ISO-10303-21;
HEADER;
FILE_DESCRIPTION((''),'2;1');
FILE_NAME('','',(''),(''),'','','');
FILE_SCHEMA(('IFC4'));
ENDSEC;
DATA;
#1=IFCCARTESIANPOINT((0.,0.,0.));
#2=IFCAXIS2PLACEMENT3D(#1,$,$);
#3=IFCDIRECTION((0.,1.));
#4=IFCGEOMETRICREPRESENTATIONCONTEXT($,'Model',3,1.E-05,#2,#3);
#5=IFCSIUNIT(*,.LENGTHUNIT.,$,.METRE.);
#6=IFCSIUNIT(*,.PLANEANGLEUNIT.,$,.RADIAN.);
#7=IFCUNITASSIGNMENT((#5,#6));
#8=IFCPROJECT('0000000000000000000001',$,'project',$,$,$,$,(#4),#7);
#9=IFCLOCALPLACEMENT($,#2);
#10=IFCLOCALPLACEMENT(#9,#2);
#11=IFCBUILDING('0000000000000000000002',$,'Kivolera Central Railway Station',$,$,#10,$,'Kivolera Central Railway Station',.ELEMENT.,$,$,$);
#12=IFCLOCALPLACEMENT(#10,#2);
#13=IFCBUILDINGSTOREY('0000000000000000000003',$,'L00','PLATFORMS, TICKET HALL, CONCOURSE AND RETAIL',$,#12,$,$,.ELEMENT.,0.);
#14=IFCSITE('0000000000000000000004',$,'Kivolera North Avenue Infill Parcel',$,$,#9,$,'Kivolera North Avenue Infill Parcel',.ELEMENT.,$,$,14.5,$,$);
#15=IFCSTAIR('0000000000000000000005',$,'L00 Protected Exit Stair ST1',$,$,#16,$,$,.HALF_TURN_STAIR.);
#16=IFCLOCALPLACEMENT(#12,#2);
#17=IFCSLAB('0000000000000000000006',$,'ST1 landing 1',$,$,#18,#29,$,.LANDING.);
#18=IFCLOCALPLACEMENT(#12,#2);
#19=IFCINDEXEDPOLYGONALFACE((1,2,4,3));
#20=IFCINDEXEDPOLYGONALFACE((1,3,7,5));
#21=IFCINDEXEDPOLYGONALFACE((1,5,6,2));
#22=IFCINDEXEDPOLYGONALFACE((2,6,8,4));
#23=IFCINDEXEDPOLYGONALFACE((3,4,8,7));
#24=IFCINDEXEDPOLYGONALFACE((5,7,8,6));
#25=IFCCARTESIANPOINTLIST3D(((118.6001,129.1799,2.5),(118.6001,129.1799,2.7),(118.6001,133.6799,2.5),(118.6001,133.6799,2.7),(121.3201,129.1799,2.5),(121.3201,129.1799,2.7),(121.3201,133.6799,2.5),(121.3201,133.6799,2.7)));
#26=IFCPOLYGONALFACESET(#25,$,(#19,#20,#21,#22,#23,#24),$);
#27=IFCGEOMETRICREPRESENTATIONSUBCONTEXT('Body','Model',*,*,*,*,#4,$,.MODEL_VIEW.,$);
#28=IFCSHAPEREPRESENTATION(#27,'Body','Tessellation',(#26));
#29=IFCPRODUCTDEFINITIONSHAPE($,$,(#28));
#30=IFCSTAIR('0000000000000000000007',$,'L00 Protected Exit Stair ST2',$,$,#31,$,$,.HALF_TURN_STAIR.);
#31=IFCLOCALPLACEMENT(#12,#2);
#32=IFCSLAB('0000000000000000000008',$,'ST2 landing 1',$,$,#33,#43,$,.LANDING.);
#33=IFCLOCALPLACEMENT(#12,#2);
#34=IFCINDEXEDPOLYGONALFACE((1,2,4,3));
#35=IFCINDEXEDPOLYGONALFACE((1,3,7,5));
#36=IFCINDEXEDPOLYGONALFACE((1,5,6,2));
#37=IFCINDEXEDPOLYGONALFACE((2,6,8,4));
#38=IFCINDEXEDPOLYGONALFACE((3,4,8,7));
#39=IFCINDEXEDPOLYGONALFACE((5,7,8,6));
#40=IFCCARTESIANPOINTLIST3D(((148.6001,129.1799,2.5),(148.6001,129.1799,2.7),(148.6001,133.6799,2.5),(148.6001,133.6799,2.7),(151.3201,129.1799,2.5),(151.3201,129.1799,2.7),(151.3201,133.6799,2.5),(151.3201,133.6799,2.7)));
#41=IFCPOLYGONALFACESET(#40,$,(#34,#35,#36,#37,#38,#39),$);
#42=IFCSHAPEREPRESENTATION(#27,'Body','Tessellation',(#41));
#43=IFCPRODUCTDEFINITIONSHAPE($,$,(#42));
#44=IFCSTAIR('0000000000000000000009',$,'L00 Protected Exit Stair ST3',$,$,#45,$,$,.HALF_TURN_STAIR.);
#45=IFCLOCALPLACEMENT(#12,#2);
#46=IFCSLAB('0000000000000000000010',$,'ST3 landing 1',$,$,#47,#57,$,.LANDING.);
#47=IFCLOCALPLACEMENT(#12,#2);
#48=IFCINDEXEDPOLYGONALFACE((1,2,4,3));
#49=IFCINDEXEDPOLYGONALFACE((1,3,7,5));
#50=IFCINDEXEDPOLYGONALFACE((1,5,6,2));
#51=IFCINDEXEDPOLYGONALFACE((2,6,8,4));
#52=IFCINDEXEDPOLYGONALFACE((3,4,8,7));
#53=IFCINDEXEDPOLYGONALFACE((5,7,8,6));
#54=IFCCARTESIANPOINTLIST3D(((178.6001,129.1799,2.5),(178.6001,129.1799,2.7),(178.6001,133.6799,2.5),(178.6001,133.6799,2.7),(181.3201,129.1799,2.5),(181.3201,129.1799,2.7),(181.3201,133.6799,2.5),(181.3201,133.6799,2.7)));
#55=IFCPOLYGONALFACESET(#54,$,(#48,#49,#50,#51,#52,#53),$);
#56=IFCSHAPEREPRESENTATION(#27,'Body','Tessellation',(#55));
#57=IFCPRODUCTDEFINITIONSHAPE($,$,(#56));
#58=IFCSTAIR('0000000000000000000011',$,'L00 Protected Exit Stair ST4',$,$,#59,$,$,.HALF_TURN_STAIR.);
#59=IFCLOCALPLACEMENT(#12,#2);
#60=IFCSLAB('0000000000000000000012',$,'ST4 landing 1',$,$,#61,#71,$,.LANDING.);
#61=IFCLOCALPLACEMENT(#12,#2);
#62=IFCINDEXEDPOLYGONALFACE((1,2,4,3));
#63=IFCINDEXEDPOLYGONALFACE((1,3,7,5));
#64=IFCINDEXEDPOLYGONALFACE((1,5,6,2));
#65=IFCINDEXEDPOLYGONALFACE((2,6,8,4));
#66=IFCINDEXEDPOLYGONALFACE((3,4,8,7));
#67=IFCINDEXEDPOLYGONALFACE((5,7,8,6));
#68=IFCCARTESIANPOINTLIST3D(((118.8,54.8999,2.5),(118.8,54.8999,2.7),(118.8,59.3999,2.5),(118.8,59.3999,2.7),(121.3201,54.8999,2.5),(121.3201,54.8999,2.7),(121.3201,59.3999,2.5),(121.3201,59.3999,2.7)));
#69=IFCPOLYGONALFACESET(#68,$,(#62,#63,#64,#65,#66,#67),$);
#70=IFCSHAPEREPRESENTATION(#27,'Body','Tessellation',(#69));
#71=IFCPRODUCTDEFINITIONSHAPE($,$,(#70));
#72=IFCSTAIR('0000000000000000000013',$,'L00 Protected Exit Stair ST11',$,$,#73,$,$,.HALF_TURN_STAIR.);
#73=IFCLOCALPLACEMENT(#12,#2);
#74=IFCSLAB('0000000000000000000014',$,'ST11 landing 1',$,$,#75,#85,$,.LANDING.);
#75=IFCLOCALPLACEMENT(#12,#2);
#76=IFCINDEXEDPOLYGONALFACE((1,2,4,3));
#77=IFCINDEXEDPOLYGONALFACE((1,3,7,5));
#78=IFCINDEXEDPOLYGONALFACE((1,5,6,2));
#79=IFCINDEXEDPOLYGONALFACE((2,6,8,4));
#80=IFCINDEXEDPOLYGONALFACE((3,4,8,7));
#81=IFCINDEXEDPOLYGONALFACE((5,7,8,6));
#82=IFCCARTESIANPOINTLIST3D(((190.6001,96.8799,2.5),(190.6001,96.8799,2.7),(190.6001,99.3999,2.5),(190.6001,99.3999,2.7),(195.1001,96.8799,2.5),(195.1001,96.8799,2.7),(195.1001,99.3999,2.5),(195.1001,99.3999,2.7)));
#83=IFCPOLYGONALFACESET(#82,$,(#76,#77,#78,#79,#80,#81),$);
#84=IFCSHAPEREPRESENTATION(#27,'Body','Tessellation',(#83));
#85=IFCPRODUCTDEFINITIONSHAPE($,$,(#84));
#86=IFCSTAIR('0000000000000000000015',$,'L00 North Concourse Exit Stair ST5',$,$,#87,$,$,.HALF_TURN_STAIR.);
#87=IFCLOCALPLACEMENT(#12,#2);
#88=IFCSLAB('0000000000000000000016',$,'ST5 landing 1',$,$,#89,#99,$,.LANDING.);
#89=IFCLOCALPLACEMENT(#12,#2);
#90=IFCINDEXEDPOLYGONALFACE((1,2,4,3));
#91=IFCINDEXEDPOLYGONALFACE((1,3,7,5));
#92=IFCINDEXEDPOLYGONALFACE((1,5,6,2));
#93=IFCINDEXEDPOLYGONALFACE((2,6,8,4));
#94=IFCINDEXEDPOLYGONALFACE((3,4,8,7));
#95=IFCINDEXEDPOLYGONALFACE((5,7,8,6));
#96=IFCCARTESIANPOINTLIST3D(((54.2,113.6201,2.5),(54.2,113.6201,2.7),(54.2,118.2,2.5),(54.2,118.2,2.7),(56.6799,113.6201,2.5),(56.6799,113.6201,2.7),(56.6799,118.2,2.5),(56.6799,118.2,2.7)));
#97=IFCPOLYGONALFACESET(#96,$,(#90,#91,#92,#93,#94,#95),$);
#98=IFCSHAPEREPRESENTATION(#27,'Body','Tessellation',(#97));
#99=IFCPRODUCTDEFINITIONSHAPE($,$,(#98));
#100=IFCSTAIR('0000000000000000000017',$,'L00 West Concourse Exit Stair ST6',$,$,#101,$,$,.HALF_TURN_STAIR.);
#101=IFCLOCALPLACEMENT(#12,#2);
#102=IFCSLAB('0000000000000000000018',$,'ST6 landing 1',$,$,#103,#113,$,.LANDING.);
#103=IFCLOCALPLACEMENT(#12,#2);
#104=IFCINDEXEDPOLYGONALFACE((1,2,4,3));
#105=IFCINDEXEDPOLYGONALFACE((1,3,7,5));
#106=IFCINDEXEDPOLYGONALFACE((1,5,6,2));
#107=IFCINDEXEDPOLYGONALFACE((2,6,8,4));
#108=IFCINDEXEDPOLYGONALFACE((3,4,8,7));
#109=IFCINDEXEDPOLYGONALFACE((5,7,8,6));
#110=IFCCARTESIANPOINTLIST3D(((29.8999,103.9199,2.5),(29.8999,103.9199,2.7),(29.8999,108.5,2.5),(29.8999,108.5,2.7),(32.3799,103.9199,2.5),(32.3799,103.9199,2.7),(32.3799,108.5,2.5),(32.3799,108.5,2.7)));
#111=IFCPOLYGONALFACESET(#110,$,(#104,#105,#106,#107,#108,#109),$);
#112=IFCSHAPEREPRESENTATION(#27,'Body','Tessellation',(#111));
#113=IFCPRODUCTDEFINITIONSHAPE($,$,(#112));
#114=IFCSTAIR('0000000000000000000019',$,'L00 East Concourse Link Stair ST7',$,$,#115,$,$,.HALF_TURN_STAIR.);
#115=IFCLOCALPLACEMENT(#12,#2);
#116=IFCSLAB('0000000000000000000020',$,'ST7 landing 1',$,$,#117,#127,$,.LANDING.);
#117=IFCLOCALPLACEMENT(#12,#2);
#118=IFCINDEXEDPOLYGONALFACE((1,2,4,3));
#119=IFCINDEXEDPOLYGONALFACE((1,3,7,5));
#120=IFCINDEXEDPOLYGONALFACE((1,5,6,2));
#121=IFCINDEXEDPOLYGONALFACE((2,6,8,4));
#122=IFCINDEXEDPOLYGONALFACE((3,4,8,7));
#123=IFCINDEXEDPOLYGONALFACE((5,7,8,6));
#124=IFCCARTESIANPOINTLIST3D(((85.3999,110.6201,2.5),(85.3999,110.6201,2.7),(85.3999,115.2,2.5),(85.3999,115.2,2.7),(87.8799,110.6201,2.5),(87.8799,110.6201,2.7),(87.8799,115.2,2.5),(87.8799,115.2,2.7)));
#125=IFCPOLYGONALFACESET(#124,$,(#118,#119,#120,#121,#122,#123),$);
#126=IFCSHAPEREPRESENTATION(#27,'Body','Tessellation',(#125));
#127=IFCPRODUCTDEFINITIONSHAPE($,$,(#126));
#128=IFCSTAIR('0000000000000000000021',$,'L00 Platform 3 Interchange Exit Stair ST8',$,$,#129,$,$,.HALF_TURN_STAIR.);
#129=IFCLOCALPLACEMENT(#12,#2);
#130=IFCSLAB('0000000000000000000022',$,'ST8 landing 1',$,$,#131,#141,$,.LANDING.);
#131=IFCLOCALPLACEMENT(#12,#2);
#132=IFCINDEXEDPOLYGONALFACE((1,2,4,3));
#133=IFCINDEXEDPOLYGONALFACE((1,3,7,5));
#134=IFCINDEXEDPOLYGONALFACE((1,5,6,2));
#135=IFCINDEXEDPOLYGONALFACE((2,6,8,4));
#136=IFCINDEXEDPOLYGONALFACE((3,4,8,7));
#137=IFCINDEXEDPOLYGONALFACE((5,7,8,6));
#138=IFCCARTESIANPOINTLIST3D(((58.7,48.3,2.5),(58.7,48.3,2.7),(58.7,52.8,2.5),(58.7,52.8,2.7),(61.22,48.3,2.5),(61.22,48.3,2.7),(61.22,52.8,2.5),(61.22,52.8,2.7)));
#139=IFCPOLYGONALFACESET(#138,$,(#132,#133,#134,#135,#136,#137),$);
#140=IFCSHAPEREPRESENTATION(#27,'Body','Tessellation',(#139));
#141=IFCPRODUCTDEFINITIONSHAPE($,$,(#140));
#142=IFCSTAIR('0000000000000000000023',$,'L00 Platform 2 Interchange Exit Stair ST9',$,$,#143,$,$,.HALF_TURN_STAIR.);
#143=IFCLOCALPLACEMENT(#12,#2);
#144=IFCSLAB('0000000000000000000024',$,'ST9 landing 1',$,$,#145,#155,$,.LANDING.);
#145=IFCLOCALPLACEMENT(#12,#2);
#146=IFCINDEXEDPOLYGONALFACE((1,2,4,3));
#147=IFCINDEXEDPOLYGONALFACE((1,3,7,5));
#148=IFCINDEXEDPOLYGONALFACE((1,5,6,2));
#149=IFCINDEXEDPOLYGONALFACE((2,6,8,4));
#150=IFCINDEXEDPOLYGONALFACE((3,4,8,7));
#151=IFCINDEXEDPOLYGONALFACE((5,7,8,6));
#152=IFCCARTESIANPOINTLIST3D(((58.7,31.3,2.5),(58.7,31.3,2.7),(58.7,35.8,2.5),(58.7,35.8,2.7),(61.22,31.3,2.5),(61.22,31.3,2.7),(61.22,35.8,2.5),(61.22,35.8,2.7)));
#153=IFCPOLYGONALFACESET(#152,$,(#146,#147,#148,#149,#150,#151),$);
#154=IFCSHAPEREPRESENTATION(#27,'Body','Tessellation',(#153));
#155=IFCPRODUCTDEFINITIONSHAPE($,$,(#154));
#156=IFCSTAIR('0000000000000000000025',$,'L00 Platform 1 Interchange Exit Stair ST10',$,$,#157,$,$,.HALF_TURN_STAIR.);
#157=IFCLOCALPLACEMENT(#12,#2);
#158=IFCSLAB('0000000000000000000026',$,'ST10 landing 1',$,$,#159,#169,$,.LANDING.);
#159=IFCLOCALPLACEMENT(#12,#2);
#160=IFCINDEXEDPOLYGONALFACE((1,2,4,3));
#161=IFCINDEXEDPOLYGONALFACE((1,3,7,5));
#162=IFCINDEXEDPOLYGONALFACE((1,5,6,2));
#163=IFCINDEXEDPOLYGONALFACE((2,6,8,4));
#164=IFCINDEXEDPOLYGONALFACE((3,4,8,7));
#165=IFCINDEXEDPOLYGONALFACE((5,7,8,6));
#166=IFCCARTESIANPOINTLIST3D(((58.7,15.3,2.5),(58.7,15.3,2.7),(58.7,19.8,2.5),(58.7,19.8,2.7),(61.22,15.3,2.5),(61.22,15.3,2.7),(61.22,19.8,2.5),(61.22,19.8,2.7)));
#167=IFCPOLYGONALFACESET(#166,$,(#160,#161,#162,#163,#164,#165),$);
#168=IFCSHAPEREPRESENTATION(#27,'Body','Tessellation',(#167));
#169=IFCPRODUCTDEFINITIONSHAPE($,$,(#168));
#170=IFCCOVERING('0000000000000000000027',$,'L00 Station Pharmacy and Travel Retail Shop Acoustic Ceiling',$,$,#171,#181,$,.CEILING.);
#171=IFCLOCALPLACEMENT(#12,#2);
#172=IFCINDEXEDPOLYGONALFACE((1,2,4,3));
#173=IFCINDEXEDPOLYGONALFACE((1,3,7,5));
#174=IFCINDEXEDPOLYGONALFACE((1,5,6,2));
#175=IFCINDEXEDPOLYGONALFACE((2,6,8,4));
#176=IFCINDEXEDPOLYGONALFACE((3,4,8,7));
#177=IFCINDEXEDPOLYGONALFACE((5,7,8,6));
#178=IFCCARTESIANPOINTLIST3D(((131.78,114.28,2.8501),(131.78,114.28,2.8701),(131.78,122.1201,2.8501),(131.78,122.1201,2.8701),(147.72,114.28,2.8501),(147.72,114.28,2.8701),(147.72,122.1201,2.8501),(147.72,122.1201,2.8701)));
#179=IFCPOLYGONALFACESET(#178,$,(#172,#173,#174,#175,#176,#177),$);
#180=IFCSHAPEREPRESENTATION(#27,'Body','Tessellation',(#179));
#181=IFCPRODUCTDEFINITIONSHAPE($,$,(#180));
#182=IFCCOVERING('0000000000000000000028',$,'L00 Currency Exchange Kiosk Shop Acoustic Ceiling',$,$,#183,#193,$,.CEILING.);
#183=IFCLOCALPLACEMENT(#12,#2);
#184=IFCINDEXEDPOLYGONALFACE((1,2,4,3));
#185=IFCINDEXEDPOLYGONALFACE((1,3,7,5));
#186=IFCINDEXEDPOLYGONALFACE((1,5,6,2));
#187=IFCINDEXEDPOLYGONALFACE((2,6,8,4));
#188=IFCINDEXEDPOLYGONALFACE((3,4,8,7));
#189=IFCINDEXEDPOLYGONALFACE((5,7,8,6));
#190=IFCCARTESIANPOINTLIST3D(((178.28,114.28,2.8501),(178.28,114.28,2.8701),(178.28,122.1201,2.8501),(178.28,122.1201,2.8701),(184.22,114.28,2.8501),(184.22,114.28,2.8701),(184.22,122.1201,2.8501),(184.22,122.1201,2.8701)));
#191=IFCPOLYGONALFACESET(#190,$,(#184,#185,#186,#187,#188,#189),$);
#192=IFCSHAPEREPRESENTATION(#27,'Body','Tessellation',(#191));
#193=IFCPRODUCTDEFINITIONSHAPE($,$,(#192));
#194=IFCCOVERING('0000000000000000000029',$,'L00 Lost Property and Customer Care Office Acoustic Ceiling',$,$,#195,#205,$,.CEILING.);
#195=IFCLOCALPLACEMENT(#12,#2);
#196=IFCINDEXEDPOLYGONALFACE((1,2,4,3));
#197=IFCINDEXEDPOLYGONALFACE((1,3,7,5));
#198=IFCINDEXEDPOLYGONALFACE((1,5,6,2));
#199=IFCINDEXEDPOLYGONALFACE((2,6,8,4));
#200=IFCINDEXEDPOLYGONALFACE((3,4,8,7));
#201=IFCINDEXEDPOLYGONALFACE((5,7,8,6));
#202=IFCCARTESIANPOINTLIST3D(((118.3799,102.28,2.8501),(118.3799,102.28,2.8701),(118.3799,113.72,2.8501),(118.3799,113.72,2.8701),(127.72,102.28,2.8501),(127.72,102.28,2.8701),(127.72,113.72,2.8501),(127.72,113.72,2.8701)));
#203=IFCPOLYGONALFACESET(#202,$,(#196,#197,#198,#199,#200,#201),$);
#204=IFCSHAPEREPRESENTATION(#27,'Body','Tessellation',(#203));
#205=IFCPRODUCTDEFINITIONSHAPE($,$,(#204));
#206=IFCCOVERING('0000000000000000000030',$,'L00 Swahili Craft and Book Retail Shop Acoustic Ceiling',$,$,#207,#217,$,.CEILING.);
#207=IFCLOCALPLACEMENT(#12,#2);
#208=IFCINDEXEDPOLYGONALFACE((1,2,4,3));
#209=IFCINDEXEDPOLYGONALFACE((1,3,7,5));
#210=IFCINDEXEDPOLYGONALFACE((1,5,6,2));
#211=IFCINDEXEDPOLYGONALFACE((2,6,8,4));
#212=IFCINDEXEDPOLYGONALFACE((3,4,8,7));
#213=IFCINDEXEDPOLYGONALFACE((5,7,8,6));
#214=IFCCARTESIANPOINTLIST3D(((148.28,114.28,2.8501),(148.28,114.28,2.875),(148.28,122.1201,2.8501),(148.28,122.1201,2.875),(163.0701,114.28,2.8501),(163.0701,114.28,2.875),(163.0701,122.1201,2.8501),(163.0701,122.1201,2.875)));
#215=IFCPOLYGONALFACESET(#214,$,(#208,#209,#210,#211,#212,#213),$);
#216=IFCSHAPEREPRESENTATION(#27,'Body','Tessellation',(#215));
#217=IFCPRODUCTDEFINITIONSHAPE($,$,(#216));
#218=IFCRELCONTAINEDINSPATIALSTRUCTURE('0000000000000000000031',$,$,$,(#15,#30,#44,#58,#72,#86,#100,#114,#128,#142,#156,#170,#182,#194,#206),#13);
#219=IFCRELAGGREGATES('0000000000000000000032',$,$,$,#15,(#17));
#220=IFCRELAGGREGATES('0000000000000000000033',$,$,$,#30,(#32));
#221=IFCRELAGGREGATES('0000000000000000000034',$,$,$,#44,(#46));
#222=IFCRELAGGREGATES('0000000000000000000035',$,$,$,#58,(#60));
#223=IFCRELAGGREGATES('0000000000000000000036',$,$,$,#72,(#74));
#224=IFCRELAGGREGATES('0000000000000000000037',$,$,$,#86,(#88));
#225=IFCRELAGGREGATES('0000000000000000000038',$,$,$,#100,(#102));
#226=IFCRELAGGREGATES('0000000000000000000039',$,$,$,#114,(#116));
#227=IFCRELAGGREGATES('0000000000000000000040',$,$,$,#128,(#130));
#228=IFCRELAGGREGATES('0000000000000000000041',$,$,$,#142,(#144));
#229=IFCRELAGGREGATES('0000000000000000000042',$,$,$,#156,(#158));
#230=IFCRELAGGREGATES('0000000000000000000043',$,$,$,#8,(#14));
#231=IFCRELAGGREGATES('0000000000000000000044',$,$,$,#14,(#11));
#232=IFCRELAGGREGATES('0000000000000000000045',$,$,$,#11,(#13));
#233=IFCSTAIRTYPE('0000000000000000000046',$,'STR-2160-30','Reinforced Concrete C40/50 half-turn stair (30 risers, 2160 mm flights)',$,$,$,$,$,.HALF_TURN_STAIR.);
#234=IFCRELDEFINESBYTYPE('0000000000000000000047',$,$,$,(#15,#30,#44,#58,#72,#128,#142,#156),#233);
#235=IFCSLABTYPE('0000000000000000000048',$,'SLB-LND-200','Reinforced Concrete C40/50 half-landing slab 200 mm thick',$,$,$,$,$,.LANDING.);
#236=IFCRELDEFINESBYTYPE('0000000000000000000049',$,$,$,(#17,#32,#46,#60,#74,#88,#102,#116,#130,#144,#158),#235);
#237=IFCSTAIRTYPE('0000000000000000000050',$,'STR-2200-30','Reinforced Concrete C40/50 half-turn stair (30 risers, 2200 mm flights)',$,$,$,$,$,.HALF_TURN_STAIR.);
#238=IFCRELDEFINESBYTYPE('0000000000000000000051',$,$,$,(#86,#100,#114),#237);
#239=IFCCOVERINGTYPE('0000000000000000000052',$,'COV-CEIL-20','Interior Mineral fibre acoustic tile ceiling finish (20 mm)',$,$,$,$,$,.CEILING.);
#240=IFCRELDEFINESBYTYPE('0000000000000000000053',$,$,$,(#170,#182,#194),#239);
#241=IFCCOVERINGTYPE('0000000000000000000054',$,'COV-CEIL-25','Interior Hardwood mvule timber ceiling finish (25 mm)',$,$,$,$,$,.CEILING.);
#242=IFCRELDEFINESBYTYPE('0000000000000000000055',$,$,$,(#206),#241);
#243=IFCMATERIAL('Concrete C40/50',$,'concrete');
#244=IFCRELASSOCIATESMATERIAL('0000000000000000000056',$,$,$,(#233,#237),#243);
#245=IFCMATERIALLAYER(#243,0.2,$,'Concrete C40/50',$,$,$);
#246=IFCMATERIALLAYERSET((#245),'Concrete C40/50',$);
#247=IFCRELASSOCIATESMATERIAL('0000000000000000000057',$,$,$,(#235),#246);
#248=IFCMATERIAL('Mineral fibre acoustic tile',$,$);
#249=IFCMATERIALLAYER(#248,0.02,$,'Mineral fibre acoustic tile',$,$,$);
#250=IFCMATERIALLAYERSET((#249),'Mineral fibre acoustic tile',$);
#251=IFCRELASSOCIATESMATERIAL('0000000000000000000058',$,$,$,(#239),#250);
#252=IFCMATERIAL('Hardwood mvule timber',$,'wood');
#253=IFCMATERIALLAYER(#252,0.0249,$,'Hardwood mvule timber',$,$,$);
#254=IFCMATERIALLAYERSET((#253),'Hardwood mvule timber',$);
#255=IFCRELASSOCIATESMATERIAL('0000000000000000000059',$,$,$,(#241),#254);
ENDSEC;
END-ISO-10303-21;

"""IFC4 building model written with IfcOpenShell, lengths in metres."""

from ifc_helpers import new_model, si_unit, direction, frame, origin, place, context, subcontext, project, spatial, polyline, outline, extrude, material, layer, layer_set, type_object, element, aggregate, save


model = new_model("IFC4")

# Units and contexts
model_context = context("Model", 3, precision=1e-05, world=origin(), true_north=direction((0.0, 1.0)))
body_context = subcontext(model_context, "Body", "Model", "MODEL_VIEW")
ifc_project = project(units=[si_unit("LENGTHUNIT", "METRE"), si_unit("PLANEANGLEUNIT", "RADIAN")], contexts=[model_context])

# Site, building, storey
site_placement = place(None, origin())
site = spatial("IfcSite", under=ifc_project, at=site_placement, Name="Kivolera North Avenue Infill Parcel", LongName="Kivolera North Avenue Infill Parcel", CompositionType="ELEMENT", RefElevation=14.5)
building_placement = place(site_placement, origin())
building = spatial("IfcBuilding", under=site, at=building_placement, Name="Kivolera Central Railway Station", LongName="Kivolera Central Railway Station", CompositionType="ELEMENT")
storey_placement = place(building_placement, origin())
storey = spatial("IfcBuildingStorey", under=building, at=storey_placement, Name="L00", Description="PLATFORMS, TICKET HALL, CONCOURSE AND RETAIL", CompositionType="ELEMENT", Elevation=0.0)

# Stairs, slabs
ifc_material_1 = material(Name="Concrete C40/50", Category="concrete")
stair_type_1 = type_object("IfcStairType", Name="STR-2160-30", Description="Reinforced Concrete C40/50 half-turn stair (30 risers, 2160 mm flights)", PredefinedType="HALF_TURN_STAIR", material=ifc_material_1)
stair_1_placement = place(storey_placement, origin())
stair_1 = element("IfcStair", 1, at=stair_1_placement, inside=storey, type_object=stair_type_1, Name="L00 Protected Exit Stair ST1", PredefinedType="HALF_TURN_STAIR")
ifc_layer_1 = layer(ifc_material_1, 0.2, Name="Concrete C40/50")
ifc_layer_set_1 = layer_set([ifc_layer_1], Name="Concrete C40/50")
slab_type = type_object("IfcSlabType", Name="SLB-LND-200", Description="Reinforced Concrete C40/50 half-landing slab 200 mm thick", PredefinedType="LANDING", material=ifc_layer_set_1)
slab_1_placement = place(storey_placement, frame((0.0, 0.0, 2.5)))
slab_1 = element("IfcSlab", 2, at=slab_1_placement, type_object=slab_type, Name="ST1 landing 1", PredefinedType="LANDING", context=body_context, shape_type="SweptSolid", body=[
    extrude(outline(polyline([(121.3201, 133.6799), (118.6001, 133.6799), (118.6001, 129.1799), (121.3201, 129.1799), (121.3201, 133.6799)])), origin(), (0.0, 0.0, 1.0), 0.2),
])
aggregate(stair_1, [slab_1])
stair_2_placement = place(storey_placement, origin())
stair_2 = element("IfcStair", 3, at=stair_2_placement, inside=storey, type_object=stair_type_1, Name="L00 Protected Exit Stair ST2", PredefinedType="HALF_TURN_STAIR")
slab_2_placement = place(storey_placement, frame((0.0, 0.0, 2.5)))
slab_2 = element("IfcSlab", 4, at=slab_2_placement, type_object=slab_type, Name="ST2 landing 1", PredefinedType="LANDING", context=body_context, shape_type="SweptSolid", body=[
    extrude(outline(polyline([(151.3201, 133.6799), (148.6001, 133.6799), (148.6001, 129.1799), (151.3201, 129.1799), (151.3201, 133.6799)])), origin(), (0.0, 0.0, 1.0), 0.2),
])
aggregate(stair_2, [slab_2])
stair_3_placement = place(storey_placement, origin())
stair_3 = element("IfcStair", 5, at=stair_3_placement, inside=storey, type_object=stair_type_1, Name="L00 Protected Exit Stair ST3", PredefinedType="HALF_TURN_STAIR")
slab_3_placement = place(storey_placement, frame((0.0, 0.0, 2.5)))
slab_3 = element("IfcSlab", 6, at=slab_3_placement, type_object=slab_type, Name="ST3 landing 1", PredefinedType="LANDING", context=body_context, shape_type="SweptSolid", body=[
    extrude(outline(polyline([(181.3201, 133.6799), (178.6001, 133.6799), (178.6001, 129.1799), (181.3201, 129.1799), (181.3201, 133.6799)])), origin(), (0.0, 0.0, 1.0), 0.2),
])
aggregate(stair_3, [slab_3])
stair_4_placement = place(storey_placement, origin())
stair_4 = element("IfcStair", 7, at=stair_4_placement, inside=storey, type_object=stair_type_1, Name="L00 Protected Exit Stair ST4", PredefinedType="HALF_TURN_STAIR")
slab_4_placement = place(storey_placement, frame((0.0, 0.0, 2.5)))
slab_4 = element("IfcSlab", 8, at=slab_4_placement, type_object=slab_type, Name="ST4 landing 1", PredefinedType="LANDING", context=body_context, shape_type="SweptSolid", body=[
    extrude(outline(polyline([(121.3201, 59.3999), (118.8, 59.3999), (118.8, 54.8999), (121.3201, 54.8999), (121.3201, 59.3999)])), origin(), (0.0, 0.0, 1.0), 0.2),
])
aggregate(stair_4, [slab_4])
stair_5_placement = place(storey_placement, origin())
stair_5 = element("IfcStair", 9, at=stair_5_placement, inside=storey, type_object=stair_type_1, Name="L00 Protected Exit Stair ST11", PredefinedType="HALF_TURN_STAIR")
slab_5_placement = place(storey_placement, frame((0.0, 0.0, 2.5)))
slab_5 = element("IfcSlab", 10, at=slab_5_placement, type_object=slab_type, Name="ST11 landing 1", PredefinedType="LANDING", context=body_context, shape_type="SweptSolid", body=[
    extrude(outline(polyline([(195.1001, 96.8799), (195.1001, 99.3999), (190.6001, 99.3999), (190.6001, 96.8799), (195.1001, 96.8799)])), origin(), (0.0, 0.0, 1.0), 0.2),
])
aggregate(stair_5, [slab_5])
stair_type_2 = type_object("IfcStairType", Name="STR-2200-30", Description="Reinforced Concrete C40/50 half-turn stair (30 risers, 2200 mm flights)", PredefinedType="HALF_TURN_STAIR", material=ifc_material_1)
stair_6_placement = place(storey_placement, origin())
stair_6 = element("IfcStair", 11, at=stair_6_placement, inside=storey, type_object=stair_type_2, Name="L00 North Concourse Exit Stair ST5", PredefinedType="HALF_TURN_STAIR")
slab_6_placement = place(storey_placement, frame((0.0, 0.0, 2.5)))
slab_6 = element("IfcSlab", 12, at=slab_6_placement, type_object=slab_type, Name="ST5 landing 1", PredefinedType="LANDING", context=body_context, shape_type="SweptSolid", body=[
    extrude(outline(polyline([(56.6799, 118.2), (54.2, 118.2), (54.2, 113.6201), (56.6799, 113.6201), (56.6799, 118.2)])), origin(), (0.0, 0.0, 1.0), 0.2),
])
aggregate(stair_6, [slab_6])
stair_7_placement = place(storey_placement, origin())
stair_7 = element("IfcStair", 13, at=stair_7_placement, inside=storey, type_object=stair_type_2, Name="L00 West Concourse Exit Stair ST6", PredefinedType="HALF_TURN_STAIR")
slab_7_placement = place(storey_placement, frame((0.0, 0.0, 2.5)))
slab_7 = element("IfcSlab", 14, at=slab_7_placement, type_object=slab_type, Name="ST6 landing 1", PredefinedType="LANDING", context=body_context, shape_type="SweptSolid", body=[
    extrude(outline(polyline([(32.3799, 108.5), (29.8999, 108.5), (29.8999, 103.9199), (32.3799, 103.9199), (32.3799, 108.5)])), origin(), (0.0, 0.0, 1.0), 0.2),
])
aggregate(stair_7, [slab_7])
stair_8_placement = place(storey_placement, origin())
stair_8 = element("IfcStair", 15, at=stair_8_placement, inside=storey, type_object=stair_type_2, Name="L00 East Concourse Link Stair ST7", PredefinedType="HALF_TURN_STAIR")
slab_8_placement = place(storey_placement, frame((0.0, 0.0, 2.5)))
slab_8 = element("IfcSlab", 16, at=slab_8_placement, type_object=slab_type, Name="ST7 landing 1", PredefinedType="LANDING", context=body_context, shape_type="SweptSolid", body=[
    extrude(outline(polyline([(87.8799, 115.2), (85.3999, 115.2), (85.3999, 110.6201), (87.8799, 110.6201), (87.8799, 115.2)])), origin(), (0.0, 0.0, 1.0), 0.2),
])
aggregate(stair_8, [slab_8])
stair_9_placement = place(storey_placement, origin())
stair_9 = element("IfcStair", 17, at=stair_9_placement, inside=storey, type_object=stair_type_1, Name="L00 Platform 3 Interchange Exit Stair ST8", PredefinedType="HALF_TURN_STAIR")
slab_9_placement = place(storey_placement, frame((0.0, 0.0, 2.5)))
slab_9 = element("IfcSlab", 18, at=slab_9_placement, type_object=slab_type, Name="ST8 landing 1", PredefinedType="LANDING", context=body_context, shape_type="SweptSolid", body=[
    extrude(outline(polyline([(61.22, 52.8), (58.7, 52.8), (58.7, 48.3), (61.22, 48.3), (61.22, 52.8)])), origin(), (0.0, 0.0, 1.0), 0.2),
])
aggregate(stair_9, [slab_9])
stair_10_placement = place(storey_placement, origin())
stair_10 = element("IfcStair", 19, at=stair_10_placement, inside=storey, type_object=stair_type_1, Name="L00 Platform 2 Interchange Exit Stair ST9", PredefinedType="HALF_TURN_STAIR")
slab_10_placement = place(storey_placement, frame((0.0, 0.0, 2.5)))
slab_10 = element("IfcSlab", 20, at=slab_10_placement, type_object=slab_type, Name="ST9 landing 1", PredefinedType="LANDING", context=body_context, shape_type="SweptSolid", body=[
    extrude(outline(polyline([(61.22, 35.8), (58.7, 35.8), (58.7, 31.3), (61.22, 31.3), (61.22, 35.8)])), origin(), (0.0, 0.0, 1.0), 0.2),
])
aggregate(stair_10, [slab_10])
stair_11_placement = place(storey_placement, origin())
stair_11 = element("IfcStair", 21, at=stair_11_placement, inside=storey, type_object=stair_type_1, Name="L00 Platform 1 Interchange Exit Stair ST10", PredefinedType="HALF_TURN_STAIR")
slab_11_placement = place(storey_placement, frame((0.0, 0.0, 2.5)))
slab_11 = element("IfcSlab", 22, at=slab_11_placement, type_object=slab_type, Name="ST10 landing 1", PredefinedType="LANDING", context=body_context, shape_type="SweptSolid", body=[
    extrude(outline(polyline([(61.22, 19.8), (58.7, 19.8), (58.7, 15.3), (61.22, 15.3), (61.22, 19.8)])), origin(), (0.0, 0.0, 1.0), 0.2),
])
aggregate(stair_11, [slab_11])

# Coverings
ifc_material_2 = material(Name="Mineral fibre acoustic tile")
ifc_layer_2 = layer(ifc_material_2, 0.02, Name="Mineral fibre acoustic tile")
ifc_layer_set_2 = layer_set([ifc_layer_2], Name="Mineral fibre acoustic tile")
covering_type_1 = type_object("IfcCoveringType", Name="COV-CEIL-20", Description="Interior Mineral fibre acoustic tile ceiling finish (20 mm)", PredefinedType="CEILING", material=ifc_layer_set_2)
covering_1_placement = place(storey_placement, frame((0.0, 0.0, 2.8501)))
element("IfcCovering", 23, at=covering_1_placement, inside=storey, type_object=covering_type_1, Name="L00 Station Pharmacy and Travel Retail Shop Acoustic Ceiling", PredefinedType="CEILING", context=body_context, shape_type="SweptSolid", body=[
    extrude(outline(polyline([(131.78, 114.28), (147.72, 114.28), (147.72, 122.1201), (131.78, 122.1201), (131.78, 114.28)])), origin(), (0.0, 0.0, 1.0), 0.02),
])
covering_2_placement = place(storey_placement, frame((0.0, 0.0, 2.8501)))
element("IfcCovering", 24, at=covering_2_placement, inside=storey, type_object=covering_type_1, Name="L00 Currency Exchange Kiosk Shop Acoustic Ceiling", PredefinedType="CEILING", context=body_context, shape_type="SweptSolid", body=[
    extrude(outline(polyline([(178.28, 114.28), (184.22, 114.28), (184.22, 122.1201), (178.28, 122.1201), (178.28, 114.28)])), origin(), (0.0, 0.0, 1.0), 0.02),
])
covering_3_placement = place(storey_placement, frame((0.0, 0.0, 2.8501)))
element("IfcCovering", 25, at=covering_3_placement, inside=storey, type_object=covering_type_1, Name="L00 Lost Property and Customer Care Office Acoustic Ceiling", PredefinedType="CEILING", context=body_context, shape_type="SweptSolid", body=[
    extrude(outline(polyline([(118.3799, 102.28), (127.72, 102.28), (127.72, 113.72), (118.3799, 113.72), (118.3799, 102.28)])), origin(), (0.0, 0.0, 1.0), 0.02),
])
ifc_material_3 = material(Name="Hardwood mvule timber", Category="wood")
ifc_layer_3 = layer(ifc_material_3, 0.0249, Name="Hardwood mvule timber")
ifc_layer_set_3 = layer_set([ifc_layer_3], Name="Hardwood mvule timber")
covering_type_2 = type_object("IfcCoveringType", Name="COV-CEIL-25", Description="Interior Hardwood mvule timber ceiling finish (25 mm)", PredefinedType="CEILING", material=ifc_layer_set_3)
covering_4_placement = place(storey_placement, frame((0.0, 0.0, 2.8501)))
element("IfcCovering", 26, at=covering_4_placement, inside=storey, type_object=covering_type_2, Name="L00 Swahili Craft and Book Retail Shop Acoustic Ceiling", PredefinedType="CEILING", context=body_context, shape_type="SweptSolid", body=[
    extrude(outline(polyline([(148.28, 114.28), (163.0701, 114.28), (163.0701, 122.1201), (148.28, 122.1201), (148.28, 114.28)])), origin(), (0.0, 0.0, 1.0), 0.0249),
])

save(model, "model.ifc")
